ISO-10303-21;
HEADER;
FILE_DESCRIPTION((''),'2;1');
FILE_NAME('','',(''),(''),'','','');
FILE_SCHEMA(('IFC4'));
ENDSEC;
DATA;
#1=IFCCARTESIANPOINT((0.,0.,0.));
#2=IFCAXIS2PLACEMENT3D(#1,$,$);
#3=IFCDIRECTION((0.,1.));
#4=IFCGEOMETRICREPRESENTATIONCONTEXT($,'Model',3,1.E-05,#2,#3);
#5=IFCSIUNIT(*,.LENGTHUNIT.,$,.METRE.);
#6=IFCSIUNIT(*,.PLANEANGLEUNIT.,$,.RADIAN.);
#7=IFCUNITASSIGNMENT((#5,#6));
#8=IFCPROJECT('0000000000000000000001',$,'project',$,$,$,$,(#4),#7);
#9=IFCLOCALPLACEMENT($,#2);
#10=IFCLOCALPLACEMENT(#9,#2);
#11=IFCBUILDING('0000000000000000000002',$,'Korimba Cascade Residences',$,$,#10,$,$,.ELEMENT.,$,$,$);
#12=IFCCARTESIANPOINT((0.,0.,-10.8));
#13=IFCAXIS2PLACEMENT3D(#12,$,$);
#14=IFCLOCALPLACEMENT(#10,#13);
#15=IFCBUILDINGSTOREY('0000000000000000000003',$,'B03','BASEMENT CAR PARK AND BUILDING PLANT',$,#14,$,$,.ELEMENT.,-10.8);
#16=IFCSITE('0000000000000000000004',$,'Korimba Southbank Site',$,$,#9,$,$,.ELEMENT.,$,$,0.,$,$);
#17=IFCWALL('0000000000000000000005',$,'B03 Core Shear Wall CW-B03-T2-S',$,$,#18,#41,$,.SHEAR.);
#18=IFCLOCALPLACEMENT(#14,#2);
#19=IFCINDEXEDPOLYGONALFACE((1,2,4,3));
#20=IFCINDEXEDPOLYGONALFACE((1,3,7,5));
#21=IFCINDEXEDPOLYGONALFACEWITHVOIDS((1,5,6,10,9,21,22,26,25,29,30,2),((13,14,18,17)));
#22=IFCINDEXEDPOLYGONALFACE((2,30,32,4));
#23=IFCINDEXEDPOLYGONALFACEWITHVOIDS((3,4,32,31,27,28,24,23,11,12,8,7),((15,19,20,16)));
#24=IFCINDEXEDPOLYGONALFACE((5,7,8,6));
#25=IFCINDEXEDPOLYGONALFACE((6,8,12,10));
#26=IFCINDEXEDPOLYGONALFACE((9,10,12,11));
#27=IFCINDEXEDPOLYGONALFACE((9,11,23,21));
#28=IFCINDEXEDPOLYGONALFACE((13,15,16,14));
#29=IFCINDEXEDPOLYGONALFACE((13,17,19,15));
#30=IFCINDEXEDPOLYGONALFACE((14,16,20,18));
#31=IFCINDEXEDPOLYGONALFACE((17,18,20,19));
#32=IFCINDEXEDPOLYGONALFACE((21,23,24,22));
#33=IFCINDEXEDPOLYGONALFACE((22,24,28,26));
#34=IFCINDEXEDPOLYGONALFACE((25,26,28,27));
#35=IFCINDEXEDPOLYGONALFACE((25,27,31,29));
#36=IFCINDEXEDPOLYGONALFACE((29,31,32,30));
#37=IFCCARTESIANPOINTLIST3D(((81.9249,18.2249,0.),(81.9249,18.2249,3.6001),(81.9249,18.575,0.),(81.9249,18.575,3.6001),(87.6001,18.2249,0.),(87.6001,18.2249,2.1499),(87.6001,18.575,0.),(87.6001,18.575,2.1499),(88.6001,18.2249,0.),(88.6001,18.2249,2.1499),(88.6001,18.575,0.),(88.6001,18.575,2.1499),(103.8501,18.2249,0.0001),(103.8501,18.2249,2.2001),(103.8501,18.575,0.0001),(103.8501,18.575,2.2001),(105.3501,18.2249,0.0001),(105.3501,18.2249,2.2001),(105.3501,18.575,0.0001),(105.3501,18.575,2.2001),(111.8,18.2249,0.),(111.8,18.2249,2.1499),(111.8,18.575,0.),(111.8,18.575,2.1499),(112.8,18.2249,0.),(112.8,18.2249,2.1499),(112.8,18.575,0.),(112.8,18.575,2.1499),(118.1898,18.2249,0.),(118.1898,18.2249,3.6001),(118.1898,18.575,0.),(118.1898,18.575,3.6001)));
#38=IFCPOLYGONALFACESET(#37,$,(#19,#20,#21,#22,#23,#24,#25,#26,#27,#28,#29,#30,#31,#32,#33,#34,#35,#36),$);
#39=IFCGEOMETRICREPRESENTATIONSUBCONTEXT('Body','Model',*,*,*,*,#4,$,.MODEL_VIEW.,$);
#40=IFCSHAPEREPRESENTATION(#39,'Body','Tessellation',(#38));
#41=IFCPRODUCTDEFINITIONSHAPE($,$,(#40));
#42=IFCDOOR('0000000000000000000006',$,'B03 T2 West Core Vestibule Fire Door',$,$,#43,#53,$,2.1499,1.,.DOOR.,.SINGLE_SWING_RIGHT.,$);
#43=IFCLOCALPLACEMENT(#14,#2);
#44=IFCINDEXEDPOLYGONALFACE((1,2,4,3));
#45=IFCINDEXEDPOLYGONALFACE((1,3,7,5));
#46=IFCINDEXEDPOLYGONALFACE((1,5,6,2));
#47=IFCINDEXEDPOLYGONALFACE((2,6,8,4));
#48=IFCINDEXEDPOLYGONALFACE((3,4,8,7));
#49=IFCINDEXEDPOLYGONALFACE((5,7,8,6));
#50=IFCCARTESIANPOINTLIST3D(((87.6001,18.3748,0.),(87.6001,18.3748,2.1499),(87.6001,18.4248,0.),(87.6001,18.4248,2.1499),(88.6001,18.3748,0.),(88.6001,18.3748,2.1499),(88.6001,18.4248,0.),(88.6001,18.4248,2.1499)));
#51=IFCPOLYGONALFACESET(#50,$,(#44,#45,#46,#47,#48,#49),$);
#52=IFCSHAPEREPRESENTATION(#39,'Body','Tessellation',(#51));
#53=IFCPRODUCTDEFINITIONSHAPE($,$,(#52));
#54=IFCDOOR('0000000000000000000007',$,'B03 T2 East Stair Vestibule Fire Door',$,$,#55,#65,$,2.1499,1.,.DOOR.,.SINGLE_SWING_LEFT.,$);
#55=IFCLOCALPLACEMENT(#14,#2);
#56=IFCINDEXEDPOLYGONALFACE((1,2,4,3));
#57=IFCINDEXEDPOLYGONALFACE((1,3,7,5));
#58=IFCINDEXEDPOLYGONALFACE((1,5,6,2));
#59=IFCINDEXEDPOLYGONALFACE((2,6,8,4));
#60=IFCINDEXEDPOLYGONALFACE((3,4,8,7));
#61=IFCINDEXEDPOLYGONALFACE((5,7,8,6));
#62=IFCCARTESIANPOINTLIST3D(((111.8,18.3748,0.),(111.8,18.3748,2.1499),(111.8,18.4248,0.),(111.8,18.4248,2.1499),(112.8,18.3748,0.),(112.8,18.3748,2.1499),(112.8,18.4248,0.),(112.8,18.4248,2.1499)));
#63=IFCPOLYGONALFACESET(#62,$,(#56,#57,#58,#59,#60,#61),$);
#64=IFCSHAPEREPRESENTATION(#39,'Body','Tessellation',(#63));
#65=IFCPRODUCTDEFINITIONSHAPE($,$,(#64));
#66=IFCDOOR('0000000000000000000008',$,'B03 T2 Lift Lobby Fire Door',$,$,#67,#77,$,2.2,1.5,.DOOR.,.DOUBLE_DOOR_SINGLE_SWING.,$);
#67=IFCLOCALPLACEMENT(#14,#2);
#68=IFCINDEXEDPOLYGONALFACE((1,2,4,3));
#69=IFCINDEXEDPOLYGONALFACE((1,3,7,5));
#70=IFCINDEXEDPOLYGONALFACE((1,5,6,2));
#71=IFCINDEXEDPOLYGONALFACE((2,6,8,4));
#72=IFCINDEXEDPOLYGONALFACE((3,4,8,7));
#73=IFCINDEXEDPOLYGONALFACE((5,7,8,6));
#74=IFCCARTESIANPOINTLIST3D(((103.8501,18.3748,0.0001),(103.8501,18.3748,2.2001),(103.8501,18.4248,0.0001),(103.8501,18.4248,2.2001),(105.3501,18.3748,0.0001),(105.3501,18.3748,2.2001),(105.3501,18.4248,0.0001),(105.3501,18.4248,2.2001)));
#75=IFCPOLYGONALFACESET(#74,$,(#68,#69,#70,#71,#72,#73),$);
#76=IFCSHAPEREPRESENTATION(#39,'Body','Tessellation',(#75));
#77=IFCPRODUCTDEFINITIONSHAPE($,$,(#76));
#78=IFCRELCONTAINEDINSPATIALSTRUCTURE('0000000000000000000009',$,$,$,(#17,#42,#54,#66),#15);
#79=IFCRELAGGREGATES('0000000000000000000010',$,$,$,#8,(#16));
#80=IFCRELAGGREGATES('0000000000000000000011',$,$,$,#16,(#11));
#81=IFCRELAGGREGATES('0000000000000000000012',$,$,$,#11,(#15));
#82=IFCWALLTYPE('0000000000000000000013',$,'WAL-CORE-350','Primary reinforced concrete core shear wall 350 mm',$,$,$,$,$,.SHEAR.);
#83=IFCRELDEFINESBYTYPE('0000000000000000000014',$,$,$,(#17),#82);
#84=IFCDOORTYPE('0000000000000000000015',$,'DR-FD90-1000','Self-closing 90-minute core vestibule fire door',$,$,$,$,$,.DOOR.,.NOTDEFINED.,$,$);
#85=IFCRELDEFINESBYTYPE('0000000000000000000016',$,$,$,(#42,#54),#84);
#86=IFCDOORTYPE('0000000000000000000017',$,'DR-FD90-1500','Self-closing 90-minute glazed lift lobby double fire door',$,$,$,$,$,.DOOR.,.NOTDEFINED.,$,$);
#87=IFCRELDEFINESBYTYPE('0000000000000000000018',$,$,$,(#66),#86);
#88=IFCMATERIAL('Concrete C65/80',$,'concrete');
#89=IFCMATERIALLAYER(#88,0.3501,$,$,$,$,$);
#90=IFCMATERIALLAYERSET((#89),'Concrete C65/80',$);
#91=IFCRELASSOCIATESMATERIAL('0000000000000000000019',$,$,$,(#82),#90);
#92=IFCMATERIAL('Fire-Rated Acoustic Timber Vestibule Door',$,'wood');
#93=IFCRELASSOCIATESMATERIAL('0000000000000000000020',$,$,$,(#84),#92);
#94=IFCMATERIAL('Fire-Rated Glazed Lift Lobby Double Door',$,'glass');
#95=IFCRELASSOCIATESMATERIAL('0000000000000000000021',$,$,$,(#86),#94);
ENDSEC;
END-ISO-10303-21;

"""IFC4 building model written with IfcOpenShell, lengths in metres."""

from ifc_helpers import new_model, si_unit, direction, frame, frame_2d, origin, place, context, subcontext, project, spatial, rectangle, extrude, material, layer, layer_set, type_object, element, fill, save


model = new_model("IFC4")

# Units and contexts
model_context = context("Model", 3, precision=1e-05, world=origin(), true_north=direction((0.0, 1.0)))
body_context = subcontext(model_context, "Body", "Model", "MODEL_VIEW")
ifc_project = project(units=[si_unit("LENGTHUNIT", "METRE"), si_unit("PLANEANGLEUNIT", "RADIAN")], contexts=[model_context])

# Site, building, storey
site_placement = place(None, origin())
site = spatial("IfcSite", under=ifc_project, at=site_placement, Name="Korimba Southbank Site", CompositionType="ELEMENT", RefElevation=0.0)
building_placement = place(site_placement, origin())
building = spatial("IfcBuilding", under=site, at=building_placement, Name="Korimba Cascade Residences", CompositionType="ELEMENT")
storey_placement = place(building_placement, frame((0.0, 0.0, -10.8)))
storey = spatial("IfcBuildingStorey", under=building, at=storey_placement, Name="B03", Description="BASEMENT CAR PARK AND BUILDING PLANT", CompositionType="ELEMENT", Elevation=-10.8)

# Wall, openings, doors
ifc_material_1 = material(Name="Concrete C65/80", Category="concrete")
ifc_layer = layer(ifc_material_1, 0.3501)
ifc_layer_set = layer_set([ifc_layer], Name="Concrete C65/80")
wall_type = type_object("IfcWallType", Name="WAL-CORE-350", Description="Primary reinforced concrete core shear wall 350 mm", PredefinedType="SHEAR", material=ifc_layer_set)
wall_placement = place(storey_placement, frame((81.925, 18.3999, 0.0), z_axis=(0.0, 0.0, 1.0), x_axis=(1.0, 0.0, 0.0)))
wall = element("IfcWall", 1, at=wall_placement, inside=storey, type_object=wall_type, Name="B03 Core Shear Wall CW-B03-T2-S", PredefinedType="SHEAR", context=body_context, shape_type="SweptSolid", body=[
    extrude(rectangle(XDim=36.2649, YDim=0.3501, at=frame_2d((18.1323, 0.0))), origin(), (0.0, 0.0, 1.0), 3.6001),
])
opening_1_placement = place(wall_placement, frame((5.675, 0.0, 0.0)))
opening_1 = element("IfcOpeningElement", 2, at=opening_1_placement, cuts=wall, PredefinedType="OPENING", context=body_context, shape_type="SweptSolid", body=[
    extrude(rectangle(XDim=1.0, YDim=2.1499, at=frame_2d((0.5, 1.075))), frame((0.0, 0.1851, 0.0), z_axis=(0.0, -1.0, 0.0), x_axis=(1.0, 0.0, 0.0)), (0.0, 0.0, 1.0), 0.3701),
])
opening_2_placement = place(wall_placement, frame((21.925, 0.0, 0.0)))
opening_2 = element("IfcOpeningElement", 3, at=opening_2_placement, cuts=wall, PredefinedType="OPENING", context=body_context, shape_type="SweptSolid", body=[
    extrude(rectangle(XDim=1.5, YDim=2.2, at=frame_2d((0.75, 1.1001))), frame((0.0, 0.1851, 0.0), z_axis=(0.0, -1.0, 0.0), x_axis=(1.0, 0.0, 0.0)), (0.0, 0.0, 1.0), 0.3701),
])
opening_3_placement = place(wall_placement, frame((29.875, 0.0, 0.0)))
opening_3 = element("IfcOpeningElement", 4, at=opening_3_placement, cuts=wall, PredefinedType="OPENING", context=body_context, shape_type="SweptSolid", body=[
    extrude(rectangle(XDim=1.0, YDim=2.1499, at=frame_2d((0.5, 1.075))), frame((0.0, 0.1851, 0.0), z_axis=(0.0, -1.0, 0.0), x_axis=(1.0, 0.0, 0.0)), (0.0, 0.0, 1.0), 0.3701),
])
ifc_material_2 = material(Name="Fire-Rated Acoustic Timber Vestibule Door", Category="wood")
door_type_1 = type_object("IfcDoorType", Name="DR-FD90-1000", Description="Self-closing 90-minute core vestibule fire door", OperationType="NOTDEFINED", PredefinedType="DOOR", material=ifc_material_2)
door_1_placement = place(opening_1_placement, origin())
door_1 = element("IfcDoor", 5, at=door_1_placement, inside=storey, type_object=door_type_1, Name="B03 T2 West Core Vestibule Fire Door", OperationType="SINGLE_SWING_RIGHT", OverallHeight=2.1499, OverallWidth=1.0, PredefinedType="DOOR", context=body_context, shape_type="SweptSolid", body=[
    extrude(rectangle(XDim=1.0, YDim=2.1499, at=frame_2d((0.5, 1.075))), frame((0.0, 0.0249, 0.0), z_axis=(0.0, -1.0, 0.0), x_axis=(1.0, 0.0, 0.0)), (0.0, 0.0, 1.0), 0.05),
])
fill(opening_1, door_1)
door_2_placement = place(opening_3_placement, origin())
door_2 = element("IfcDoor", 6, at=door_2_placement, inside=storey, type_object=door_type_1, Name="B03 T2 East Stair Vestibule Fire Door", OperationType="SINGLE_SWING_LEFT", OverallHeight=2.1499, OverallWidth=1.0, PredefinedType="DOOR", context=body_context, shape_type="SweptSolid", body=[
    extrude(rectangle(XDim=1.0, YDim=2.1499, at=frame_2d((0.5, 1.075))), frame((0.0, 0.0249, 0.0), z_axis=(0.0, -1.0, 0.0), x_axis=(1.0, 0.0, 0.0)), (0.0, 0.0, 1.0), 0.05),
])
fill(opening_3, door_2)
ifc_material_3 = material(Name="Fire-Rated Glazed Lift Lobby Double Door", Category="glass")
door_type_2 = type_object("IfcDoorType", Name="DR-FD90-1500", Description="Self-closing 90-minute glazed lift lobby double fire door", OperationType="NOTDEFINED", PredefinedType="DOOR", material=ifc_material_3)
door_3_placement = place(opening_2_placement, origin())
door_3 = element("IfcDoor", 7, at=door_3_placement, inside=storey, type_object=door_type_2, Name="B03 T2 Lift Lobby Fire Door", OperationType="DOUBLE_DOOR_SINGLE_SWING", OverallHeight=2.2, OverallWidth=1.5, PredefinedType="DOOR", context=body_context, shape_type="SweptSolid", body=[
    extrude(rectangle(XDim=1.5, YDim=2.2, at=frame_2d((0.75, 1.1001))), frame((0.0, 0.0249, 0.0), z_axis=(0.0, -1.0, 0.0), x_axis=(1.0, 0.0, 0.0)), (0.0, 0.0, 1.0), 0.05),
])
fill(opening_2, door_3)

save(model, "model.ifc")
